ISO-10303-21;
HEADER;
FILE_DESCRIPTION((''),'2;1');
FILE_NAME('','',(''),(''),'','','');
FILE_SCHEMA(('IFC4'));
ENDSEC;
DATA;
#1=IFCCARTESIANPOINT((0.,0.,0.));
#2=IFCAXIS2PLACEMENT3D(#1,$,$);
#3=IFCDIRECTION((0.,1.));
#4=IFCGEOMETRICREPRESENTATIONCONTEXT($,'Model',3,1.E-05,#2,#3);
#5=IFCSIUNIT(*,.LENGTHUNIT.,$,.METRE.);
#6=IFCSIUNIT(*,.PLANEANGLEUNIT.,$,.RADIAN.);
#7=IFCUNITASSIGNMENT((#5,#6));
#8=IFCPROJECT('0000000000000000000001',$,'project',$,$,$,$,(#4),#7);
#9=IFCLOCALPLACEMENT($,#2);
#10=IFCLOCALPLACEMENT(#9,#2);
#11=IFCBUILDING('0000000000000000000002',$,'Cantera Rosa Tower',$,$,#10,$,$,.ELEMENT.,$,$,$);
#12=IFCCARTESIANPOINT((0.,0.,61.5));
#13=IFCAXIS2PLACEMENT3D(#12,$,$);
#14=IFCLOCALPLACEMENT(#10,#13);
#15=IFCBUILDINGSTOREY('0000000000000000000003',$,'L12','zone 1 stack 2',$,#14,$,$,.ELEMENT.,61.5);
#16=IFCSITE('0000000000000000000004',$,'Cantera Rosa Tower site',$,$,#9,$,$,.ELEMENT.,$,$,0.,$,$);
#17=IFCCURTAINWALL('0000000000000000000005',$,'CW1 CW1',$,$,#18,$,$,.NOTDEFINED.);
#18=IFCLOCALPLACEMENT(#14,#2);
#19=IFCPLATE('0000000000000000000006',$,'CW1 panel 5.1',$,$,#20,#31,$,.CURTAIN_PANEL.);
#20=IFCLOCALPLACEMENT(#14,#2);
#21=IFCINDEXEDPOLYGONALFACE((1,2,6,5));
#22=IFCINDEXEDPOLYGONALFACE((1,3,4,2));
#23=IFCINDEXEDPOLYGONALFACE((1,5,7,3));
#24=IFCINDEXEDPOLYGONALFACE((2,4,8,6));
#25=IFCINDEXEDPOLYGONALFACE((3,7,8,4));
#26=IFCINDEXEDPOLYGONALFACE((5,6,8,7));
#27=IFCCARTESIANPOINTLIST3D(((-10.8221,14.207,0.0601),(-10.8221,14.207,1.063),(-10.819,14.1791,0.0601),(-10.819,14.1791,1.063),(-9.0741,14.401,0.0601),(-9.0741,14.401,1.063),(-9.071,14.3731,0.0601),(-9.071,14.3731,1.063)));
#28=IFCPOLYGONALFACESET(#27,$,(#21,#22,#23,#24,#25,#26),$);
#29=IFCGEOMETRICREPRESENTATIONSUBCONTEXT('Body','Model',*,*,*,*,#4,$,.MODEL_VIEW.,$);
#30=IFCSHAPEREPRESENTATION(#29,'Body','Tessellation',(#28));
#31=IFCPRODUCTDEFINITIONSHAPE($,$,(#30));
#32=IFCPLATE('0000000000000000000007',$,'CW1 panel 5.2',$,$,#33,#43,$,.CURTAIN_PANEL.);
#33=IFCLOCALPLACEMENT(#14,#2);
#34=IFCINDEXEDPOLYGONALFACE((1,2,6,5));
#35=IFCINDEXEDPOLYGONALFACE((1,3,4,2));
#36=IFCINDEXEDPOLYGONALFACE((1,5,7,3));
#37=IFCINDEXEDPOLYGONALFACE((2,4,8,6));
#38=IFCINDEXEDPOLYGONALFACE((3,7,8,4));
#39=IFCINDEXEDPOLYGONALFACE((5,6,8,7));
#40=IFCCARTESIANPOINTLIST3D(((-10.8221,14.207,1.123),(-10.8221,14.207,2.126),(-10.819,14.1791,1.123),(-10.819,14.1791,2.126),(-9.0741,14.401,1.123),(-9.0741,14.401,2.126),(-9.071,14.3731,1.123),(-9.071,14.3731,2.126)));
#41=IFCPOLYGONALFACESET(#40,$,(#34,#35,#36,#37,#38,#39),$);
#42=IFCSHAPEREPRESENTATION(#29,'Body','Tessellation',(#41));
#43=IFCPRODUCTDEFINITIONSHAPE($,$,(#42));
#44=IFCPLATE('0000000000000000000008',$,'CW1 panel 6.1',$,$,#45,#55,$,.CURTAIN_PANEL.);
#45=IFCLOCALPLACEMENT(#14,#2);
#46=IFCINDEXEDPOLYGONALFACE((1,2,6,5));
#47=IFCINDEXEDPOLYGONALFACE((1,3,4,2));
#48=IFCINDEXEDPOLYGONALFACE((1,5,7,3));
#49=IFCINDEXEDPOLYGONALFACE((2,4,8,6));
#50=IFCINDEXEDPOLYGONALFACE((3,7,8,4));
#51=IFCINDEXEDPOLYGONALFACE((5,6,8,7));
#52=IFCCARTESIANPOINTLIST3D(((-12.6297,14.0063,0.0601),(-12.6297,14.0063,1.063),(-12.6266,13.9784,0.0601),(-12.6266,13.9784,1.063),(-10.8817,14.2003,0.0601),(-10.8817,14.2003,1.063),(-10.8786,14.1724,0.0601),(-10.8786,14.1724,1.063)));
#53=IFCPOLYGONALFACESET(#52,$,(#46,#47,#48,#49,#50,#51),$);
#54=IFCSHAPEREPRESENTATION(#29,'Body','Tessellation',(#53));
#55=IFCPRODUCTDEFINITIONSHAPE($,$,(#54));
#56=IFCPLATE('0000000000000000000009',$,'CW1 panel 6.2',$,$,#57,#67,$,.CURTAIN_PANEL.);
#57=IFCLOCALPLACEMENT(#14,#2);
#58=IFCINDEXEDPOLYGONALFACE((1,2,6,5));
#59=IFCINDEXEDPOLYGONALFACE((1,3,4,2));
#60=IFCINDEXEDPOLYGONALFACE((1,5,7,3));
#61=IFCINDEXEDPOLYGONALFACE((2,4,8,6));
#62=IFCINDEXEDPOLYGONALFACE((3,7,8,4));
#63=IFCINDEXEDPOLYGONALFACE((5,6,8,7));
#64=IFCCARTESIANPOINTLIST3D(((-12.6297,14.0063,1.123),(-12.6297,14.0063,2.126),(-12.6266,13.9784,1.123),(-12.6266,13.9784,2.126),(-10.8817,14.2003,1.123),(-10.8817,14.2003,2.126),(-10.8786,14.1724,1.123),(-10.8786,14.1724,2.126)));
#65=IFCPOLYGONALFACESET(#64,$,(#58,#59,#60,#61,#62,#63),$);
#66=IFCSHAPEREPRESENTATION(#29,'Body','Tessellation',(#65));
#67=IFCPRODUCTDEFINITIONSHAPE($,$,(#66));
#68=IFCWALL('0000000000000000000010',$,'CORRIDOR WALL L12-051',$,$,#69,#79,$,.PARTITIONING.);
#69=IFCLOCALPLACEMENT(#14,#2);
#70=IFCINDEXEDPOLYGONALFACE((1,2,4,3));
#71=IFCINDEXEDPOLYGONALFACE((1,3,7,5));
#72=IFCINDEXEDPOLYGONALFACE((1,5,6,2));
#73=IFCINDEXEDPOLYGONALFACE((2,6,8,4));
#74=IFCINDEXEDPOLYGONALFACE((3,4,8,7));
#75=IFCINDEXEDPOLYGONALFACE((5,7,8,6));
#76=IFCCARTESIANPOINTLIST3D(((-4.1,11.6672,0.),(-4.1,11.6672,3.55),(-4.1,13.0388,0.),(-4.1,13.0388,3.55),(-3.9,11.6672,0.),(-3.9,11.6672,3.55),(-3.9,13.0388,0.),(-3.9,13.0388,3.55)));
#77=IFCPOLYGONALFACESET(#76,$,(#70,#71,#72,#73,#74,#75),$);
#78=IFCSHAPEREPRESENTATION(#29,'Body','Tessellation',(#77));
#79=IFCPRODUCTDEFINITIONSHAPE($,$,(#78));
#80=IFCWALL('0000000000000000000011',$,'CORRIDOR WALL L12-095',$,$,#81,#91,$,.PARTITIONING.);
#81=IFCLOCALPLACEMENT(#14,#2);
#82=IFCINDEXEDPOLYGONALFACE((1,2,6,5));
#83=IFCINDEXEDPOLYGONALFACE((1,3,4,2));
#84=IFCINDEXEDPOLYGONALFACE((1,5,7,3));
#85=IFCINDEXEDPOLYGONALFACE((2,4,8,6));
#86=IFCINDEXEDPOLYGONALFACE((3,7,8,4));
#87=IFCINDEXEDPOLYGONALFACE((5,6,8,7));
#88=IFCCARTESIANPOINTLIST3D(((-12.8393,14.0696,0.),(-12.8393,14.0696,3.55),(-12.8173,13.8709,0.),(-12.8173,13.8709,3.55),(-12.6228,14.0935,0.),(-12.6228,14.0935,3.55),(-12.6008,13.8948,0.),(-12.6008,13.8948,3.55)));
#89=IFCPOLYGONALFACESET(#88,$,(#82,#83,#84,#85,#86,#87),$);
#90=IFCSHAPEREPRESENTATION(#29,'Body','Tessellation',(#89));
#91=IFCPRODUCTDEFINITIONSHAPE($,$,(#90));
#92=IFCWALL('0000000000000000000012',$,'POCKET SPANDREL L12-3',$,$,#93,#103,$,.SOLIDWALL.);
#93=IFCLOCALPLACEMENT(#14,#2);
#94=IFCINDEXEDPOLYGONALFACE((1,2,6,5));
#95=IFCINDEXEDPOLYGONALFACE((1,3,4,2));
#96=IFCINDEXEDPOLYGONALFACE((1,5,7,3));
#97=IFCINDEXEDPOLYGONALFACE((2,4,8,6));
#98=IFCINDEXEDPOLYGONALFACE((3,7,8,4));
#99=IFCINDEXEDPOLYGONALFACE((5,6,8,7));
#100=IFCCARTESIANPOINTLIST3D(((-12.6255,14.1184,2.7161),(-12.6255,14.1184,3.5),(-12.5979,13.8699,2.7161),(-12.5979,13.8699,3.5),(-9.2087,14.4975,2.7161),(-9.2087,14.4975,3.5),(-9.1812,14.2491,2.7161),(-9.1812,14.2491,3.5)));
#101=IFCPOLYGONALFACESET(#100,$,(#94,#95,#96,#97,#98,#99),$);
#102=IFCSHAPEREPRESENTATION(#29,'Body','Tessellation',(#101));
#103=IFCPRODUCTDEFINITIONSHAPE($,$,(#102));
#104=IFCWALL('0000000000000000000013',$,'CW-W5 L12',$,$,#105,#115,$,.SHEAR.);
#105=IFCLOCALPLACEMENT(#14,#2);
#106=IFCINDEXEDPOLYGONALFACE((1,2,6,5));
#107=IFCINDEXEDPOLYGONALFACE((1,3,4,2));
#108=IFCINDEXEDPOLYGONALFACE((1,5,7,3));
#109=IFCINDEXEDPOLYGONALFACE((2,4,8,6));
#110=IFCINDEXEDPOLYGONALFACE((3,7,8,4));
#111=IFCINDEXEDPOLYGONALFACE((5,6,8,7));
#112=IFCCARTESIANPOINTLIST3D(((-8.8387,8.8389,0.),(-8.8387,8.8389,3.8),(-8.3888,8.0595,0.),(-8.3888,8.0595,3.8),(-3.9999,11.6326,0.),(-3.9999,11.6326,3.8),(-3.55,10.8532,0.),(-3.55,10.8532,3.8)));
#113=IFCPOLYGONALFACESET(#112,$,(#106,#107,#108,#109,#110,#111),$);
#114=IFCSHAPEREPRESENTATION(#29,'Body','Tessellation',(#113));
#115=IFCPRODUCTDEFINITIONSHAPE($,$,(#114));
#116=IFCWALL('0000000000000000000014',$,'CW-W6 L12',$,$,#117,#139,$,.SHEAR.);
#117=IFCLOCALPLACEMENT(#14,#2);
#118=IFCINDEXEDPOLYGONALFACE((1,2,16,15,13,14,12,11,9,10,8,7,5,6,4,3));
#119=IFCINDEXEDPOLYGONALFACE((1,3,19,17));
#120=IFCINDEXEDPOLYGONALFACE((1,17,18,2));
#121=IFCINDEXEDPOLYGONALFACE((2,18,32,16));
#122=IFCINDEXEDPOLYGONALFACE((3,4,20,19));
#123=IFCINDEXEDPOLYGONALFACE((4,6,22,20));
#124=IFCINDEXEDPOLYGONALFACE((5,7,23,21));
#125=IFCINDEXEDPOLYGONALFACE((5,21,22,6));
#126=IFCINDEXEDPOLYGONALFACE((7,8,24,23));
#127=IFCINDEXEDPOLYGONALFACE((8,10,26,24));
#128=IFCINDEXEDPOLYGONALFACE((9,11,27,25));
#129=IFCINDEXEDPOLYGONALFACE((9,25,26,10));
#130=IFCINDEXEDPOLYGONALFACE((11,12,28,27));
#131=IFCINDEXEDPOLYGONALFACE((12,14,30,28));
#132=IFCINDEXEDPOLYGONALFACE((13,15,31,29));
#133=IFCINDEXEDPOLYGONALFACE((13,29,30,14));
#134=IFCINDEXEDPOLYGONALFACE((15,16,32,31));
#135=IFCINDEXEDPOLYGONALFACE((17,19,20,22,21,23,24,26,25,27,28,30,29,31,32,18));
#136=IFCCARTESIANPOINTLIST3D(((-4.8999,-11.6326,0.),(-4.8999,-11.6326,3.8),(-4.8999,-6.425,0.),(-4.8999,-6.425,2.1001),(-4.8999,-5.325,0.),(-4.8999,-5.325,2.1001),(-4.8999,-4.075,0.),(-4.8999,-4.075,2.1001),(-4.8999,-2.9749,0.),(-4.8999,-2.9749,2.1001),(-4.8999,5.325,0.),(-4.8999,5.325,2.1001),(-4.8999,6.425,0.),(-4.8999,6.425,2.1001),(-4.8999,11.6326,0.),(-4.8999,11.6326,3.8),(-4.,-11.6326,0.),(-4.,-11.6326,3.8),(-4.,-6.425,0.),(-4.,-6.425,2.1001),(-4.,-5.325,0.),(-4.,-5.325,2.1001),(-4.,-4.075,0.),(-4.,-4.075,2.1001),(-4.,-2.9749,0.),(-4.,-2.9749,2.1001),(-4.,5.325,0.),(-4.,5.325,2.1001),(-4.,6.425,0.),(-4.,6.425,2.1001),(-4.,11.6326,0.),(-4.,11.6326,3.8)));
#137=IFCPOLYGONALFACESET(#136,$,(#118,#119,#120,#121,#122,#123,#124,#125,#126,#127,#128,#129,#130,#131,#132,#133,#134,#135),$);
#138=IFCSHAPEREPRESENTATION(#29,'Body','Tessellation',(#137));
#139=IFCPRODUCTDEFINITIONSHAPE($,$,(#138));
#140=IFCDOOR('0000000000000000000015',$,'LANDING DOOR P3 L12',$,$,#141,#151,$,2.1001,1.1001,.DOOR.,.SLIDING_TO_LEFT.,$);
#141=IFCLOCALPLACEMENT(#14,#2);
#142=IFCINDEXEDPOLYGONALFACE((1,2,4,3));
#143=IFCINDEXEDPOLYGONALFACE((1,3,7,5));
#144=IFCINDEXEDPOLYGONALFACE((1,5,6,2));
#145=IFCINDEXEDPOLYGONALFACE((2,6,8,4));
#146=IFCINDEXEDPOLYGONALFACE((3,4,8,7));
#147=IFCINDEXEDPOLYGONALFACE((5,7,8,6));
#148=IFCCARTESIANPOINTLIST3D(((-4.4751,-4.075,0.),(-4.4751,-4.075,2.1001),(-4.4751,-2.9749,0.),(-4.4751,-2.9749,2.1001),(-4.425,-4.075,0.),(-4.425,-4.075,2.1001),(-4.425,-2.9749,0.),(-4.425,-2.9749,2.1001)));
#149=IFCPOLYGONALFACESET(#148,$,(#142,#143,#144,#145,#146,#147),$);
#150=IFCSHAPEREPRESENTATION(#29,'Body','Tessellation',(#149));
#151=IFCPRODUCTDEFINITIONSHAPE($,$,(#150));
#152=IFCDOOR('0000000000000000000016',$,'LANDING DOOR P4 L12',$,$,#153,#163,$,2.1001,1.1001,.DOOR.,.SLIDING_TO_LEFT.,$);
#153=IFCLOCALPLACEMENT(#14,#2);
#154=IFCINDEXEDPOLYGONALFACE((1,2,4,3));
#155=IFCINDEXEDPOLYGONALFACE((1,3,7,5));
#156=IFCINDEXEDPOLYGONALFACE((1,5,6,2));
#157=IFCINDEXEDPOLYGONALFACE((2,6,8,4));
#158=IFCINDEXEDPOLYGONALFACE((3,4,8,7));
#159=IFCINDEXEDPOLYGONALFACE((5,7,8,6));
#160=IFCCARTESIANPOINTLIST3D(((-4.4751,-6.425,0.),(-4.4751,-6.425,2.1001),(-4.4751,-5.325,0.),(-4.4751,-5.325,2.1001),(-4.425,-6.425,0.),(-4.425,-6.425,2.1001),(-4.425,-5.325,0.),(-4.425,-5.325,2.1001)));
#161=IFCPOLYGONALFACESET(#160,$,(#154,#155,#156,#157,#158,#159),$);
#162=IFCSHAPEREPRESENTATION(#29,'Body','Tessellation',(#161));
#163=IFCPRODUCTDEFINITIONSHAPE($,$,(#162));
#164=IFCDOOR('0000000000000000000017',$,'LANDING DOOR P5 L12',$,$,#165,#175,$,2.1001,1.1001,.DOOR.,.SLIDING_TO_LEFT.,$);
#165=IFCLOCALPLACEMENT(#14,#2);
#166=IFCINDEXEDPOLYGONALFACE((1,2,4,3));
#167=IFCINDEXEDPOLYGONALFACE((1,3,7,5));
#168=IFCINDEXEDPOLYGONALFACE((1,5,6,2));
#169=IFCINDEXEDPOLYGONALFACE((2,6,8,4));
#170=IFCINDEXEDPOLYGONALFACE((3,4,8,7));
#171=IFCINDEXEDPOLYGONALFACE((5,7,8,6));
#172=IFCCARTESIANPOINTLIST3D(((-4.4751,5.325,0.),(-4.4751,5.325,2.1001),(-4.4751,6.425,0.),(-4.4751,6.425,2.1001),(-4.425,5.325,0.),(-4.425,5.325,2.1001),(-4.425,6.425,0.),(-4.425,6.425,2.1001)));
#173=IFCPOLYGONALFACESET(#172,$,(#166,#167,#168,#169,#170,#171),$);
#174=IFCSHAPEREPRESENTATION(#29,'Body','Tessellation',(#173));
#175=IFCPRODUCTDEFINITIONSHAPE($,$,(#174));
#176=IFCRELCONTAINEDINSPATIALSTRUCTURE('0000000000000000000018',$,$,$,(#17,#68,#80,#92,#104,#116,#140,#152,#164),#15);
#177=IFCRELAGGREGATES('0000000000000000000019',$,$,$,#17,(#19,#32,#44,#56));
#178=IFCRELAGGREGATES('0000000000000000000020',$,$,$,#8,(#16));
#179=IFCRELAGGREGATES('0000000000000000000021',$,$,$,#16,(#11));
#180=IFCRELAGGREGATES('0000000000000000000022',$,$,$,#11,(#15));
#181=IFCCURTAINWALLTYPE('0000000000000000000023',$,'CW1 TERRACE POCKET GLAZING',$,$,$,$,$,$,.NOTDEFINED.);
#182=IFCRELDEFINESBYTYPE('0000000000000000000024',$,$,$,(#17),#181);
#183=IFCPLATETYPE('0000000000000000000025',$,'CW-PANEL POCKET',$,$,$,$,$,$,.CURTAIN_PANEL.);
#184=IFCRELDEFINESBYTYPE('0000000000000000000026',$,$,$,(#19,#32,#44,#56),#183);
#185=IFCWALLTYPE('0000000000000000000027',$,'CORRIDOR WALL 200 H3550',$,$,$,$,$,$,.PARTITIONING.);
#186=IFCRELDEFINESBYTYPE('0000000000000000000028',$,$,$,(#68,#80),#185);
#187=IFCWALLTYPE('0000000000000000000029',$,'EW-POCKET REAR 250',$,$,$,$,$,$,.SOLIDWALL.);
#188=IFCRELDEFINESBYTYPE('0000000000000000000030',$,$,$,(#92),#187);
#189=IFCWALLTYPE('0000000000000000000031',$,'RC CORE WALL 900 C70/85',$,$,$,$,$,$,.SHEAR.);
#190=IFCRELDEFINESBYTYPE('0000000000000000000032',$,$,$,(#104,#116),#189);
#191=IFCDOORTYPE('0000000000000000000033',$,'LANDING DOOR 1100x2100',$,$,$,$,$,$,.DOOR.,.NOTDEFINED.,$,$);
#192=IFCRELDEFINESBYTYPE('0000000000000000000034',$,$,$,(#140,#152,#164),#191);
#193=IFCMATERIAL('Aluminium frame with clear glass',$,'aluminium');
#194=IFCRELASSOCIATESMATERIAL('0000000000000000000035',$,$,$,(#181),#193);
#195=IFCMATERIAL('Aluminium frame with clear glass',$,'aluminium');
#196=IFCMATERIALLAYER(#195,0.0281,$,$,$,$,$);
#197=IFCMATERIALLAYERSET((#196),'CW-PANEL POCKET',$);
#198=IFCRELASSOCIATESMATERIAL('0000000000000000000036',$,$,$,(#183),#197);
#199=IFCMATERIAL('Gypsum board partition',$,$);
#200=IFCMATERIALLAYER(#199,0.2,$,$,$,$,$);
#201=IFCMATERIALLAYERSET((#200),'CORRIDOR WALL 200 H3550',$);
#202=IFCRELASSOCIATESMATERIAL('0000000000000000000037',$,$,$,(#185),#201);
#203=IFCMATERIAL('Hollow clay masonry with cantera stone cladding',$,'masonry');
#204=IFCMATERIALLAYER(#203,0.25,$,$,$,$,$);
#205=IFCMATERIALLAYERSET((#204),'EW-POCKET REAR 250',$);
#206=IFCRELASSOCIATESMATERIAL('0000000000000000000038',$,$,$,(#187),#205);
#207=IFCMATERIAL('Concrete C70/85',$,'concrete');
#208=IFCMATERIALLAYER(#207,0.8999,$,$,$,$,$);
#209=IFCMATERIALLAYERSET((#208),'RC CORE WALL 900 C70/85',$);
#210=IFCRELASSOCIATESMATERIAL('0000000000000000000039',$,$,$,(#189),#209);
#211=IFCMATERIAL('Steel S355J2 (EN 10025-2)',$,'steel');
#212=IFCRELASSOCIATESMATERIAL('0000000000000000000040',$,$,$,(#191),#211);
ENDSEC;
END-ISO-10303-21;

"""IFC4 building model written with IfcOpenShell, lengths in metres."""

from ifc_helpers import new_model, si_unit, direction, frame, frame_2d, origin, origin_2d, place, context, subcontext, project, spatial, rectangle, extrude, material, layer, layer_set, type_object, element, fill, aggregate, save


model = new_model("IFC4")

# Units and contexts
model_context = context("Model", 3, precision=1e-05, world=origin(), true_north=direction((0.0, 1.0)))
body_context = subcontext(model_context, "Body", "Model", "MODEL_VIEW")
ifc_project = project(units=[si_unit("LENGTHUNIT", "METRE"), si_unit("PLANEANGLEUNIT", "RADIAN")], contexts=[model_context])

# Site, building, storey
site_placement = place(None, origin())
site = spatial("IfcSite", under=ifc_project, at=site_placement, Name="Cantera Rosa Tower site", CompositionType="ELEMENT", RefElevation=0.0)
building_placement = place(site_placement, origin())
building = spatial("IfcBuilding", under=site, at=building_placement, Name="Cantera Rosa Tower", CompositionType="ELEMENT")
storey_placement = place(building_placement, frame((0.0, 0.0, 61.5)))
storey = spatial("IfcBuildingStorey", under=building, at=storey_placement, Name="L12", Description="zone 1 stack 2", CompositionType="ELEMENT", Elevation=61.5)

# Curtain wall
ifc_material_1 = material(Name="Aluminium frame with clear glass", Category="aluminium")
curtain_wall_type = type_object("IfcCurtainWallType", Name="CW1 TERRACE POCKET GLAZING", PredefinedType="NOTDEFINED", material=ifc_material_1)
curtain_wall_placement = place(storey_placement, origin())
curtain_wall = element("IfcCurtainWall", 1, at=curtain_wall_placement, inside=storey, type_object=curtain_wall_type, Name="CW1 CW1", PredefinedType="NOTDEFINED")

# Plates
ifc_material_2 = material(Name="Aluminium frame with clear glass", Category="aluminium")
ifc_layer_1 = layer(ifc_material_2, 0.0281)
ifc_layer_set_1 = layer_set([ifc_layer_1], Name="CW-PANEL POCKET")
plate_type = type_object("IfcPlateType", Name="CW-PANEL POCKET", PredefinedType="CURTAIN_PANEL", material=ifc_layer_set_1)
plate_1_placement = place(storey_placement, frame((-9.9465, 14.29, 0.0601), z_axis=(0.0, 0.0, 1.0), x_axis=(-0.993897, -0.110313, 0.0)))
plate_1 = element("IfcPlate", 2, at=plate_1_placement, type_object=plate_type, Name="CW1 panel 5.1", PredefinedType="CURTAIN_PANEL", context=body_context, shape_type="SweptSolid", body=[
    extrude(rectangle(XDim=1.7588, YDim=0.0281, at=origin_2d()), origin(), (0.0, 0.0, 1.0), 1.0029),
])
plate_2_placement = place(storey_placement, frame((-9.9465, 14.29, 1.123), z_axis=(0.0, 0.0, 1.0), x_axis=(-0.993897, -0.110313, 0.0)))
plate_2 = element("IfcPlate", 3, at=plate_2_placement, type_object=plate_type, Name="CW1 panel 5.2", PredefinedType="CURTAIN_PANEL", context=body_context, shape_type="SweptSolid", body=[
    extrude(rectangle(XDim=1.7588, YDim=0.0281, at=origin_2d()), origin(), (0.0, 0.0, 1.0), 1.0029),
])
plate_3_placement = place(storey_placement, frame((-11.7542, 14.0894, 0.0601), z_axis=(0.0, 0.0, 1.0), x_axis=(-0.993897, -0.110313, 0.0)))
plate_3 = element("IfcPlate", 4, at=plate_3_placement, type_object=plate_type, Name="CW1 panel 6.1", PredefinedType="CURTAIN_PANEL", context=body_context, shape_type="SweptSolid", body=[
    extrude(rectangle(XDim=1.7588, YDim=0.0281, at=origin_2d()), origin(), (0.0, 0.0, 1.0), 1.0029),
])
plate_4_placement = place(storey_placement, frame((-11.7542, 14.0894, 1.123), z_axis=(0.0, 0.0, 1.0), x_axis=(-0.993897, -0.110313, 0.0)))
plate_4 = element("IfcPlate", 5, at=plate_4_placement, type_object=plate_type, Name="CW1 panel 6.2", PredefinedType="CURTAIN_PANEL", context=body_context, shape_type="SweptSolid", body=[
    extrude(rectangle(XDim=1.7588, YDim=0.0281, at=origin_2d()), origin(), (0.0, 0.0, 1.0), 1.0029),
])
aggregate(curtain_wall, [plate_1, plate_2, plate_3, plate_4])

# Walls
ifc_material_3 = material(Name="Gypsum board partition")
ifc_layer_2 = layer(ifc_material_3, 0.2)
ifc_layer_set_2 = layer_set([ifc_layer_2], Name="CORRIDOR WALL 200 H3550")
wall_type_1 = type_object("IfcWallType", Name="CORRIDOR WALL 200 H3550", PredefinedType="PARTITIONING", material=ifc_layer_set_2)
wall_1_placement = place(storey_placement, frame((-4.0, 13.0388, 0.0), z_axis=(0.0, 0.0, 1.0), x_axis=(0.0, -1.0, 0.0)))
element("IfcWall", 6, at=wall_1_placement, inside=storey, type_object=wall_type_1, Name="CORRIDOR WALL L12-051", PredefinedType="PARTITIONING", context=body_context, shape_type="SweptSolid", body=[
    extrude(rectangle(XDim=1.3716, YDim=0.2, at=frame_2d((0.6858, 0.0))), origin(), (0.0, 0.0, 1.0), 3.55),
])
wall_2_placement = place(storey_placement, frame((-12.6118, 13.9941, 0.0), z_axis=(0.0, 0.0, 1.0), x_axis=(-0.993952, -0.109817, 0.0)))
element("IfcWall", 7, at=wall_2_placement, inside=storey, type_object=wall_type_1, Name="CORRIDOR WALL L12-095", PredefinedType="PARTITIONING", context=body_context, shape_type="SweptSolid", body=[
    extrude(rectangle(XDim=0.2178, YDim=0.2, at=frame_2d((0.1089, 0.0))), origin(), (0.0, 0.0, 1.0), 3.55),
])
ifc_material_4 = material(Name="Hollow clay masonry with cantera stone cladding", Category="masonry")
ifc_layer_3 = layer(ifc_material_4, 0.25)
ifc_layer_set_3 = layer_set([ifc_layer_3], Name="EW-POCKET REAR 250")
wall_type_2 = type_object("IfcWallType", Name="EW-POCKET REAR 250", PredefinedType="SOLIDWALL", material=ifc_layer_set_3)
wall_3_placement = place(storey_placement, frame((-9.1951, 14.3733, 2.7161), z_axis=(0.0, 0.0, 1.0), x_axis=(-0.993899, -0.110291, 0.0)))
element("IfcWall", 8, at=wall_3_placement, inside=storey, type_object=wall_type_2, Name="POCKET SPANDREL L12-3", PredefinedType="SOLIDWALL", context=body_context, shape_type="SweptSolid", body=[
    extrude(rectangle(XDim=3.4377, YDim=0.25, at=frame_2d((1.7188, 0.0))), origin(), (0.0, 0.0, 1.0), 0.7839),
])
ifc_material_5 = material(Name="Concrete C70/85", Category="concrete")
ifc_layer_4 = layer(ifc_material_5, 0.8999)
ifc_layer_set_4 = layer_set([ifc_layer_4], Name="RC CORE WALL 900 C70/85")
wall_type_3 = type_object("IfcWallType", Name="RC CORE WALL 900 C70/85", PredefinedType="SHEAR", material=ifc_layer_set_4)
wall_4_placement = place(storey_placement, frame((-8.6138, 8.4492, 0.0), z_axis=(0.0, 0.0, 1.0), x_axis=(0.866027, 0.499997, 0.0)))
element("IfcWall", 9, at=wall_4_placement, inside=storey, type_object=wall_type_3, Name="CW-W5 L12", PredefinedType="SHEAR", context=body_context, shape_type="SweptSolid", body=[
    extrude(rectangle(XDim=5.5874, YDim=0.8999, at=frame_2d((2.7937, 0.0))), origin(), (0.0, 0.0, 1.0), 3.8),
])

# Wall, openings, doors
wall_5_placement = place(storey_placement, frame((-4.45, 11.6326, 0.0), z_axis=(0.0, 0.0, 1.0), x_axis=(0.0, -1.0, 0.0)))
wall_5 = element("IfcWall", 10, at=wall_5_placement, inside=storey, type_object=wall_type_3, Name="CW-W6 L12", PredefinedType="SHEAR", context=body_context, shape_type="SweptSolid", body=[
    extrude(rectangle(XDim=23.2651, YDim=0.8999, at=frame_2d((11.6326, 0.0))), origin(), (0.0, 0.0, 1.0), 3.8),
])
opening_1_placement = place(wall_5_placement, frame((14.6074, 0.0, 0.0)))
opening_1 = element("IfcOpeningElement", 11, at=opening_1_placement, cuts=wall_5, PredefinedType="OPENING", context=body_context, shape_type="SweptSolid", body=[
    extrude(rectangle(XDim=1.1001, YDim=2.1001, at=frame_2d((0.55, 1.05))), frame((0.0, 0.46, 0.0), z_axis=(0.0, -1.0, 0.0), x_axis=(1.0, 0.0, 0.0)), (0.0, 0.0, 1.0), 0.9199),
])
opening_2_placement = place(wall_5_placement, frame((16.9575, 0.0, 0.0)))
opening_2 = element("IfcOpeningElement", 12, at=opening_2_placement, cuts=wall_5, PredefinedType="OPENING", context=body_context, shape_type="SweptSolid", body=[
    extrude(rectangle(XDim=1.1001, YDim=2.1001, at=frame_2d((0.55, 1.05))), frame((0.0, 0.46, 0.0), z_axis=(0.0, -1.0, 0.0), x_axis=(1.0, 0.0, 0.0)), (0.0, 0.0, 1.0), 0.9199),
])
opening_3_placement = place(wall_5_placement, frame((5.2075, 0.0, 0.0)))
opening_3 = element("IfcOpeningElement", 13, at=opening_3_placement, cuts=wall_5, PredefinedType="OPENING", context=body_context, shape_type="SweptSolid", body=[
    extrude(rectangle(XDim=1.1001, YDim=2.1001, at=frame_2d((0.55, 1.05))), frame((0.0, 0.46, 0.0), z_axis=(0.0, -1.0, 0.0), x_axis=(1.0, 0.0, 0.0)), (0.0, 0.0, 1.0), 0.9199),
])
ifc_material_6 = material(Name="Steel S355J2 (EN 10025-2)", Category="steel")
door_type_1 = type_object("IfcDoorType", Name="LANDING DOOR 1100x2100", OperationType="NOTDEFINED", PredefinedType="DOOR", material=ifc_material_6)
door_1_placement = place(opening_1_placement, origin())
door_1 = element("IfcDoor", 14, at=door_1_placement, inside=storey, type_object=door_type_1, Name="LANDING DOOR P3 L12", OperationType="SLIDING_TO_LEFT", OverallHeight=2.1001, OverallWidth=1.1001, PredefinedType="DOOR", context=body_context, shape_type="SweptSolid", body=[
    extrude(rectangle(XDim=1.1001, YDim=2.1001, at=frame_2d((0.55, 1.05))), frame((0.0, 0.0249, 0.0), z_axis=(0.0, -1.0, 0.0), x_axis=(1.0, 0.0, 0.0)), (0.0, 0.0, 1.0), 0.05),
])
fill(opening_1, door_1)
door_2_placement = place(opening_2_placement, origin())
door_2 = element("IfcDoor", 15, at=door_2_placement, inside=storey, type_object=door_type_1, Name="LANDING DOOR P4 L12", OperationType="SLIDING_TO_LEFT", OverallHeight=2.1001, OverallWidth=1.1001, PredefinedType="DOOR", context=body_context, shape_type="SweptSolid", body=[
    extrude(rectangle(XDim=1.1001, YDim=2.1001, at=frame_2d((0.55, 1.05))), frame((0.0, 0.0249, 0.0), z_axis=(0.0, -1.0, 0.0), x_axis=(1.0, 0.0, 0.0)), (0.0, 0.0, 1.0), 0.05),
])
fill(opening_2, door_2)
door_3_placement = place(opening_3_placement, origin())
door_3 = element("IfcDoor", 16, at=door_3_placement, inside=storey, type_object=door_type_1, Name="LANDING DOOR P5 L12", OperationType="SLIDING_TO_LEFT", OverallHeight=2.1001, OverallWidth=1.1001, PredefinedType="DOOR", context=body_context, shape_type="SweptSolid", body=[
    extrude(rectangle(XDim=1.1001, YDim=2.1001, at=frame_2d((0.55, 1.05))), frame((0.0, 0.0249, 0.0), z_axis=(0.0, -1.0, 0.0), x_axis=(1.0, 0.0, 0.0)), (0.0, 0.0, 1.0), 0.05),
])
fill(opening_3, door_3)

save(model, "model.ifc")
